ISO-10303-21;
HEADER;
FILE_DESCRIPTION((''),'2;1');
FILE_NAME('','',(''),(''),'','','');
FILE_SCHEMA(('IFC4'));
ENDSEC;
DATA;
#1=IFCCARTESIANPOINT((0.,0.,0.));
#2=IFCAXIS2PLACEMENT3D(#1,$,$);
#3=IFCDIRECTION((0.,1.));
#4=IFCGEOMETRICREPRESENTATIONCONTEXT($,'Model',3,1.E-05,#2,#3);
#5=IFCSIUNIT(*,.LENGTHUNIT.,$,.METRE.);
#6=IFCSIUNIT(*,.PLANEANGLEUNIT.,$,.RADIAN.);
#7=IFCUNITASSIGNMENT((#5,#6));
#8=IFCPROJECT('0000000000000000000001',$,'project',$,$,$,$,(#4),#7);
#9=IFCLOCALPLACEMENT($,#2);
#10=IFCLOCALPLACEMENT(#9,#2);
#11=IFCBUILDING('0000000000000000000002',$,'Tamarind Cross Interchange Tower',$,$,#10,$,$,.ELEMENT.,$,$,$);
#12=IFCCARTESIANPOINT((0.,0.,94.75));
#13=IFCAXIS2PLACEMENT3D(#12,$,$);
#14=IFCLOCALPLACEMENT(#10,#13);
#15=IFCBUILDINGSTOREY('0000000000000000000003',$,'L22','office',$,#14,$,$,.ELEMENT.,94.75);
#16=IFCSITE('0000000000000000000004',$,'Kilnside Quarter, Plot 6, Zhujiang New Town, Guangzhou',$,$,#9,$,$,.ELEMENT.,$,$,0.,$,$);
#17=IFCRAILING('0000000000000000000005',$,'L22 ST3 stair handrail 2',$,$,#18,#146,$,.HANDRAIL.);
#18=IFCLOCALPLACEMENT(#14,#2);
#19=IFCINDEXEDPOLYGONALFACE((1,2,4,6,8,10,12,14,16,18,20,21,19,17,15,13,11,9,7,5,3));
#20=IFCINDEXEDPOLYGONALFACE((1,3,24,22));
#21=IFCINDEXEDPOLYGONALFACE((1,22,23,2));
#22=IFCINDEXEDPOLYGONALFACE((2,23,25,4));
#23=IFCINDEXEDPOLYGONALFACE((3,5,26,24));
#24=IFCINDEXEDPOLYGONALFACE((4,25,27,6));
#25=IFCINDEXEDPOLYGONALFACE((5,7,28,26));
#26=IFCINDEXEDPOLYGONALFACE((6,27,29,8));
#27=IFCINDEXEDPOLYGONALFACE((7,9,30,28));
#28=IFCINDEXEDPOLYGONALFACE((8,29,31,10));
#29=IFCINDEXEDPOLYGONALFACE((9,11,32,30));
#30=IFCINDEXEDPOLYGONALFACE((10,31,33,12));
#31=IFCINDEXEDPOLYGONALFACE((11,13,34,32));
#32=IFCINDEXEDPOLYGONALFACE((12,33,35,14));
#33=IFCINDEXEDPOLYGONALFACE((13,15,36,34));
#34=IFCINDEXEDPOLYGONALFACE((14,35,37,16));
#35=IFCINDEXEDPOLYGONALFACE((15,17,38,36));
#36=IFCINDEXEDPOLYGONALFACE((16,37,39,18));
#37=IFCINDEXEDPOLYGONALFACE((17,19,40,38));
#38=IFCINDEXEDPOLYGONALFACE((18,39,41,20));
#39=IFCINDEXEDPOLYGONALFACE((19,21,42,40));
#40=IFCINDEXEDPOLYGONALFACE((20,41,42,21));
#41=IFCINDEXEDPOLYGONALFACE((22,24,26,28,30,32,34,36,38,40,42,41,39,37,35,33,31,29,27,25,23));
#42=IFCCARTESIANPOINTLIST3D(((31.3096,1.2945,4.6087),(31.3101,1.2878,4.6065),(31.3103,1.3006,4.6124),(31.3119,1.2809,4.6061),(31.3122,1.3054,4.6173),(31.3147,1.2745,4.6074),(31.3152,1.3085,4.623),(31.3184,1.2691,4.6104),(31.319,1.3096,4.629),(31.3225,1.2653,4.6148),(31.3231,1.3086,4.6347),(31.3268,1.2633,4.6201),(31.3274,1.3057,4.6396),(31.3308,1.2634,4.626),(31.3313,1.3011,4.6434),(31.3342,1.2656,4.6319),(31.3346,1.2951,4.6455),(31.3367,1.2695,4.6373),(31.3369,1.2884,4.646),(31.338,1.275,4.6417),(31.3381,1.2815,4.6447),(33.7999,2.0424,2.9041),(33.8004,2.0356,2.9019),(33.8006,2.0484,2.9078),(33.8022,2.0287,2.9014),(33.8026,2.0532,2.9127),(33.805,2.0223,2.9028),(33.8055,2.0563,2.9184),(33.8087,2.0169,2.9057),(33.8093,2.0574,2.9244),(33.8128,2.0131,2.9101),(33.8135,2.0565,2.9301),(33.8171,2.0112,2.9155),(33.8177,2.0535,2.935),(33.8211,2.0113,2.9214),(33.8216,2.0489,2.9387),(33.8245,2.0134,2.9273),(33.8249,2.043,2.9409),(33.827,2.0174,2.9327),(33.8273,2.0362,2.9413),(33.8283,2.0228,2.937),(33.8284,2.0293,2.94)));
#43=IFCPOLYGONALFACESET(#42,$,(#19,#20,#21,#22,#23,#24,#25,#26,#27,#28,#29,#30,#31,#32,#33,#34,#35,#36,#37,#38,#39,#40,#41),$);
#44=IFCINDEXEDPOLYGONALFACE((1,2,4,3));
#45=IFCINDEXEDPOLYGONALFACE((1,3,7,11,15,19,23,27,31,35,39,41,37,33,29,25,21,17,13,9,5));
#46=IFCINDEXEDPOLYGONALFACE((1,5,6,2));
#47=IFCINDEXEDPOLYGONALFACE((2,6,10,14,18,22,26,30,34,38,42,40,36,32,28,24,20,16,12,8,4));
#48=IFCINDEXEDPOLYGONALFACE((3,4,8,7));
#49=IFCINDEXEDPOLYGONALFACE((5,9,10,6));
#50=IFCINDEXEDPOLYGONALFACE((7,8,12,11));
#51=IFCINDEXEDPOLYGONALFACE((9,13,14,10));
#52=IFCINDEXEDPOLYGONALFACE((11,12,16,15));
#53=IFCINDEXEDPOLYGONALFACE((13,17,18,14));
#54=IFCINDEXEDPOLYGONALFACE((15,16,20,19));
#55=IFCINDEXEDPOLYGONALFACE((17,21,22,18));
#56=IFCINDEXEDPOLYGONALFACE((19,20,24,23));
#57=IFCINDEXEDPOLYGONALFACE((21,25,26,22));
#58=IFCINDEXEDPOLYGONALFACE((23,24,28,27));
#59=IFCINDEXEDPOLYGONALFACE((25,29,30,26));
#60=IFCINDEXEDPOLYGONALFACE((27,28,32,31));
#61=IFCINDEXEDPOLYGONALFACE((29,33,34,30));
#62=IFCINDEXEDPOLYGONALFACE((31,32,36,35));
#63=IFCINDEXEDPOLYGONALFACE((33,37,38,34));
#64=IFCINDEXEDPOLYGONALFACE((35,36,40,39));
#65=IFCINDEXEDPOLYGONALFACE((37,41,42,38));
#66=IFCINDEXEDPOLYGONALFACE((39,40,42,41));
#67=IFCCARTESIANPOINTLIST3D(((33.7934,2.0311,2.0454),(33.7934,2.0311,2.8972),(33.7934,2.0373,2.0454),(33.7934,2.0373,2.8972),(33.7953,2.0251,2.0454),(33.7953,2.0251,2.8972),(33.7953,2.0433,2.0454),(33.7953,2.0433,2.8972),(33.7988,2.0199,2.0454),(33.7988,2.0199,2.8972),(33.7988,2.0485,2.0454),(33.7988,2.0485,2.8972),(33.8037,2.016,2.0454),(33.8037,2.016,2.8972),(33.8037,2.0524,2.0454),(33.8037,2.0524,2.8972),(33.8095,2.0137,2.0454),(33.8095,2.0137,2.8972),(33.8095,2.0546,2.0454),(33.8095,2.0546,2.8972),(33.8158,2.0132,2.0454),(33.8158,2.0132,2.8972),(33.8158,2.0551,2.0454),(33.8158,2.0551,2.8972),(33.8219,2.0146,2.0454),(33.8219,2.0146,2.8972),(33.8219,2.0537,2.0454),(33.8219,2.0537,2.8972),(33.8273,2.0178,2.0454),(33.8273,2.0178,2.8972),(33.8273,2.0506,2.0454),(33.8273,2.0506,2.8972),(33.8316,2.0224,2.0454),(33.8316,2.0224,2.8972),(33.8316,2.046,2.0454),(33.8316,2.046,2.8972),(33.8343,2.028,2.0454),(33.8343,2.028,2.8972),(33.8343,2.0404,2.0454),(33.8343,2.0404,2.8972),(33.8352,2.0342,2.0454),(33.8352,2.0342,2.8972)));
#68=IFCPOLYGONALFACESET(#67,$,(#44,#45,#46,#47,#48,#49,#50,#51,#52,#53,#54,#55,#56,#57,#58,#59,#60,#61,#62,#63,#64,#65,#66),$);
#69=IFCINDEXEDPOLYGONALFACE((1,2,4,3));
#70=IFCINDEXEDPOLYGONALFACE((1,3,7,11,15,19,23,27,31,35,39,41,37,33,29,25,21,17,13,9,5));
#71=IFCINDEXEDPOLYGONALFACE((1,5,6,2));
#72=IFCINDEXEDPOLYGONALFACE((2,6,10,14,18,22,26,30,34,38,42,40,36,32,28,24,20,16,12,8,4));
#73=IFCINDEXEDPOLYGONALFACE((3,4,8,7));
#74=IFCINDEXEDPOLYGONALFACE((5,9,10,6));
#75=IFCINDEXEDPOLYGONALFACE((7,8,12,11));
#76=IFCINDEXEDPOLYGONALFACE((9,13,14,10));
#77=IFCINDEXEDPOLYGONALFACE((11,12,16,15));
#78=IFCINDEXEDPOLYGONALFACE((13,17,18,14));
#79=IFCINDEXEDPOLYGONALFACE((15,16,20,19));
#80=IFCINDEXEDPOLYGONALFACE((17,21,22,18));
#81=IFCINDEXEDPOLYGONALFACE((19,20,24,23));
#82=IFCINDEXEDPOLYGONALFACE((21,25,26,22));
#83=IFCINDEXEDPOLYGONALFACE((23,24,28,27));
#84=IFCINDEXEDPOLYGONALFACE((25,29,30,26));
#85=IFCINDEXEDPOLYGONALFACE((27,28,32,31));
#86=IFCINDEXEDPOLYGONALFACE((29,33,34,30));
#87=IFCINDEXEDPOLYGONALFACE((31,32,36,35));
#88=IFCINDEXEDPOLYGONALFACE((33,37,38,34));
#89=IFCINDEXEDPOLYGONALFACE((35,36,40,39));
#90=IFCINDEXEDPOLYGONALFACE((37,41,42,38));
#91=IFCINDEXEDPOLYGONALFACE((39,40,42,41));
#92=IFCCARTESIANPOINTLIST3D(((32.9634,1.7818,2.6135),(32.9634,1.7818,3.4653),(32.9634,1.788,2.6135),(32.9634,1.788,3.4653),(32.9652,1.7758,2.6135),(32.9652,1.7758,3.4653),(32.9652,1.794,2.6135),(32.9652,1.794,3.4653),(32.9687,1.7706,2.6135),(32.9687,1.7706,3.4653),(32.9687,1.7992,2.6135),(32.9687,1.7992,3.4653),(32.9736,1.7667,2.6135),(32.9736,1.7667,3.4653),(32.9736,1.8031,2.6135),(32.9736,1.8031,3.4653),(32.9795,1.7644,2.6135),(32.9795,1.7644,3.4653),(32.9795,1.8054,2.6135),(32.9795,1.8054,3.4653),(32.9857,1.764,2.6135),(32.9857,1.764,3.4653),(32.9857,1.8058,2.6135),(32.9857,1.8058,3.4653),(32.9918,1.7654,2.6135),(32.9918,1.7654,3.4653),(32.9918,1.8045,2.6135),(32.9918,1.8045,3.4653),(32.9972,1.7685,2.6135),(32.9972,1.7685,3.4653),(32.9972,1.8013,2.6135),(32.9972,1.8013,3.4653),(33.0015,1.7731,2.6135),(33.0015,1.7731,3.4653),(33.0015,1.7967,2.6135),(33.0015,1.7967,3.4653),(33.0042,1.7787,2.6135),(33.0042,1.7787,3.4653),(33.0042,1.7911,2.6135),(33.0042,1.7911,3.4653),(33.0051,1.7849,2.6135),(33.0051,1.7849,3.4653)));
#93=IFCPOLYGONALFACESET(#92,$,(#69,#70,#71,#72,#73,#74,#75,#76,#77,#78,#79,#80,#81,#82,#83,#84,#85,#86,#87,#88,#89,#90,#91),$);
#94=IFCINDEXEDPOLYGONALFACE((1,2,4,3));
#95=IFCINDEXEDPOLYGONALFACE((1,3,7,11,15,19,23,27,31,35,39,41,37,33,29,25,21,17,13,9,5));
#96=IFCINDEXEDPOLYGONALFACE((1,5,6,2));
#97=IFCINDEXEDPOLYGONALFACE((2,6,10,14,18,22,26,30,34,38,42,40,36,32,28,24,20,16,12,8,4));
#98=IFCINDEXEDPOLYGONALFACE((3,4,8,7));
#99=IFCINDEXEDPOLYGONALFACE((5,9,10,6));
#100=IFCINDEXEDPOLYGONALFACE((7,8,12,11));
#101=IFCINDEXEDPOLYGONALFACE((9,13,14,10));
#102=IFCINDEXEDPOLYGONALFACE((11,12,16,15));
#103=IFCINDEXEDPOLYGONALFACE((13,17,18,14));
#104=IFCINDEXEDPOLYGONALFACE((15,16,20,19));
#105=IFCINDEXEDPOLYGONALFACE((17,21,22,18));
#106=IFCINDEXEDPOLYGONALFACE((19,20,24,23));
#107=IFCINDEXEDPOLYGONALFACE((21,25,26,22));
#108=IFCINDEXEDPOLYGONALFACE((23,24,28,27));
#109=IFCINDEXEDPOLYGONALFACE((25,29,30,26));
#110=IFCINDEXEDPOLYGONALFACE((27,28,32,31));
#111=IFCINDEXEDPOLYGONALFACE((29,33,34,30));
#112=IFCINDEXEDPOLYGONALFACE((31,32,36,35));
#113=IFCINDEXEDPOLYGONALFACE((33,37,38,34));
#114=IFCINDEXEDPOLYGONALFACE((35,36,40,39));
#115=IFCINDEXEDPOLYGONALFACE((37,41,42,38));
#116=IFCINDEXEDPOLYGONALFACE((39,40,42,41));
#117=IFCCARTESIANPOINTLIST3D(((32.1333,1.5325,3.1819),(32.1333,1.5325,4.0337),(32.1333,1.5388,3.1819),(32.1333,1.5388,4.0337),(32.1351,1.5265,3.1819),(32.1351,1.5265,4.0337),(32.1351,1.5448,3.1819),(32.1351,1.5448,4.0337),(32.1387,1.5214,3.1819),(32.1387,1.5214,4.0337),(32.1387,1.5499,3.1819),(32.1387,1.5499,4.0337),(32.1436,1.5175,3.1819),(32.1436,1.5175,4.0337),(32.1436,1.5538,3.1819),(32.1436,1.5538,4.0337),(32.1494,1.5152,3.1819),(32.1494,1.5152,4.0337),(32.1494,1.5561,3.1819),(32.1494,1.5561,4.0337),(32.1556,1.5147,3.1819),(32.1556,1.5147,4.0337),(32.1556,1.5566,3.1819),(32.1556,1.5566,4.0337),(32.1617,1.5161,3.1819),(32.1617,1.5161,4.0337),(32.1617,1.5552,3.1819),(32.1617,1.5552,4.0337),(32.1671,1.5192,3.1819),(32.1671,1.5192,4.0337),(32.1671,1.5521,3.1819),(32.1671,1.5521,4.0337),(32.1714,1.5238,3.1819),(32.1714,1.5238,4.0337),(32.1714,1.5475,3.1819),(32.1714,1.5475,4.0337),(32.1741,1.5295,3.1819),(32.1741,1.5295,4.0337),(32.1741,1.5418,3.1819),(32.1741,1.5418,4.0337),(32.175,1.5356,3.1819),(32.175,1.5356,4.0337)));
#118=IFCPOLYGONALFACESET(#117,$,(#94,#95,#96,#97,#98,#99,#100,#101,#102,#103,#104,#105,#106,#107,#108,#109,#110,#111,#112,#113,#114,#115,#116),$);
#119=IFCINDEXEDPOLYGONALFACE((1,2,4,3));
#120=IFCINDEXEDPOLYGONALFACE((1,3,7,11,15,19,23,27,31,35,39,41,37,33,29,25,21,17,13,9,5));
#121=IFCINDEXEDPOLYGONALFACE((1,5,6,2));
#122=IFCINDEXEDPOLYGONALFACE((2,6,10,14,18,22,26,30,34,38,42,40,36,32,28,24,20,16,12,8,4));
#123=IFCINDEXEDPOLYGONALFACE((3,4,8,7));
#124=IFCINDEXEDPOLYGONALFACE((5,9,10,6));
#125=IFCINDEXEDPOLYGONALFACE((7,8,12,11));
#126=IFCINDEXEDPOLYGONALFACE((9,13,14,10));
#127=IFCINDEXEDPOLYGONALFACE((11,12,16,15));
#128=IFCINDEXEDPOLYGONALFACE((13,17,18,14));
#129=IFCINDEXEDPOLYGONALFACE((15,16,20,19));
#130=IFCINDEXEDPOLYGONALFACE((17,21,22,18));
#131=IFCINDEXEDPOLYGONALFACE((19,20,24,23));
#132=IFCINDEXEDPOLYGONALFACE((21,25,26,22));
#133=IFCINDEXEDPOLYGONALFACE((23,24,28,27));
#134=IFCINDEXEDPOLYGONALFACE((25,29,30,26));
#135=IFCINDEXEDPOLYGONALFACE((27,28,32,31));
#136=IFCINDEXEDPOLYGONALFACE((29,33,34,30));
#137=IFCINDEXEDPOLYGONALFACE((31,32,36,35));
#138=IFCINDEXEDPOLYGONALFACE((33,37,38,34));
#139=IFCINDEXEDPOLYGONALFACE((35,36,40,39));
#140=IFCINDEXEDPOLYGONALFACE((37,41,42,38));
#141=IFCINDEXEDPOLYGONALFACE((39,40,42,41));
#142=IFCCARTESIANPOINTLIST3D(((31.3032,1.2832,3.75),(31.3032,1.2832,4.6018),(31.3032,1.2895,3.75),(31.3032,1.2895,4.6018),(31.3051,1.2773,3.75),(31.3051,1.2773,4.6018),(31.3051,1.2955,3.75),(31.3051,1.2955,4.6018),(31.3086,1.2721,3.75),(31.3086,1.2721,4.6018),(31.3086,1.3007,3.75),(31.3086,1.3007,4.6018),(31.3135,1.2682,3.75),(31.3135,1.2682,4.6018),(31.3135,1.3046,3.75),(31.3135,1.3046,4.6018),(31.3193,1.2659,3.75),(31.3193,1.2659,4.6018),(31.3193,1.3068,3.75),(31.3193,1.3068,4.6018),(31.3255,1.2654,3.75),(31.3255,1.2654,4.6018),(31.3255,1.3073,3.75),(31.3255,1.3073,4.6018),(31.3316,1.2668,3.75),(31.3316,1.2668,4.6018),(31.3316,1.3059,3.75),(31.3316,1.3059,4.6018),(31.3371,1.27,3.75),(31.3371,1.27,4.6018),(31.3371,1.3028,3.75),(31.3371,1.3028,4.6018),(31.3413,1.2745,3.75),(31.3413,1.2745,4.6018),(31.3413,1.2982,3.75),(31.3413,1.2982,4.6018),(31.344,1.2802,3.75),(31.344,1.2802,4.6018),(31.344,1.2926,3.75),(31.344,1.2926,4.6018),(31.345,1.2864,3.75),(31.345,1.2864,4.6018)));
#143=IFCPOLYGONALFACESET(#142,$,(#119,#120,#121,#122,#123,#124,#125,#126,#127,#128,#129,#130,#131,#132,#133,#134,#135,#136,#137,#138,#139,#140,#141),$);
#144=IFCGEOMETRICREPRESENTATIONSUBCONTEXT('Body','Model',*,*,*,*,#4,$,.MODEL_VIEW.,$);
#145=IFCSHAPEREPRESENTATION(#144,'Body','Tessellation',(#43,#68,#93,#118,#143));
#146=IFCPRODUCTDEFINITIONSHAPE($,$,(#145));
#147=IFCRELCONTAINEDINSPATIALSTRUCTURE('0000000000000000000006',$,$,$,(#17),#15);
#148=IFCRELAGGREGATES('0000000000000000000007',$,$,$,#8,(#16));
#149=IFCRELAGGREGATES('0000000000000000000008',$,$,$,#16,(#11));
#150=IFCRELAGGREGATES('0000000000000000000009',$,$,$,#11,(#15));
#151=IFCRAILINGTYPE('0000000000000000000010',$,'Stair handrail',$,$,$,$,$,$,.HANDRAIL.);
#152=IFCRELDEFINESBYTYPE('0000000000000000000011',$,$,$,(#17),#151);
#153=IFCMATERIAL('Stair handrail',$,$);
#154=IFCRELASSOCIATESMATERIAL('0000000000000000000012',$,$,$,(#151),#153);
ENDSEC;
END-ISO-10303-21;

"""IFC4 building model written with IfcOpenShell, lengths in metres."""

from ifc_helpers import new_model, si_unit, direction, frame, origin, origin_2d, place, context, subcontext, project, spatial, circle, extrude, material, type_object, element, save


model = new_model("IFC4")

# Units and contexts
model_context = context("Model", 3, precision=1e-05, world=origin(), true_north=direction((0.0, 1.0)))
body_context = subcontext(model_context, "Body", "Model", "MODEL_VIEW")
ifc_project = project(units=[si_unit("LENGTHUNIT", "METRE"), si_unit("PLANEANGLEUNIT", "RADIAN")], contexts=[model_context])

# Site, building, storey
site_placement = place(None, origin())
site = spatial("IfcSite", under=ifc_project, at=site_placement, Name="Kilnside Quarter, Plot 6, Zhujiang New Town, Guangzhou", CompositionType="ELEMENT", RefElevation=0.0)
building_placement = place(site_placement, origin())
building = spatial("IfcBuilding", under=site, at=building_placement, Name="Tamarind Cross Interchange Tower", CompositionType="ELEMENT")
storey_placement = place(building_placement, frame((0.0, 0.0, 94.75)))
storey = spatial("IfcBuildingStorey", under=building, at=storey_placement, Name="L22", Description="office", CompositionType="ELEMENT", Elevation=94.75)

# Railing
ifc_material_1 = material(Name="Stair handrail")
railing_type_1 = type_object("IfcRailingType", Name="Stair handrail", PredefinedType="HANDRAIL", material=ifc_material_1)
railing_1_placement = place(storey_placement, frame((33.8142, 2.0342, 2.0454)))
element("IfcRailing", 1, at=railing_1_placement, inside=storey, type_object=railing_type_1, Name="L22 ST3 stair handrail 2", PredefinedType="HANDRAIL", context=body_context, shape_type="SweptSolid", body=[
    extrude(circle(Radius=0.0239, at=origin_2d()), frame((0.0, 0.0, 0.876), z_axis=(-0.800967, -0.240526, 0.54827), x_axis=(0.287606, -0.957749, 0.0)), (0.0, 0.0, 1.0), 3.1091),
    extrude(circle(Radius=0.021, at=origin_2d()), origin(), (0.0, 0.0, 1.0), 0.8518),
    extrude(circle(Radius=0.021, at=origin_2d()), frame((-0.8301, -0.2493, 0.5681)), (0.0, 0.0, 1.0), 0.8518),
    extrude(circle(Radius=0.021, at=origin_2d()), frame((-1.6602, -0.4985, 1.1365)), (0.0, 0.0, 1.0), 0.8518),
    extrude(circle(Radius=0.021, at=origin_2d()), frame((-2.4902, -0.7478, 1.7046)), (0.0, 0.0, 1.0), 0.8518),
])

save(model, "model.ifc")
